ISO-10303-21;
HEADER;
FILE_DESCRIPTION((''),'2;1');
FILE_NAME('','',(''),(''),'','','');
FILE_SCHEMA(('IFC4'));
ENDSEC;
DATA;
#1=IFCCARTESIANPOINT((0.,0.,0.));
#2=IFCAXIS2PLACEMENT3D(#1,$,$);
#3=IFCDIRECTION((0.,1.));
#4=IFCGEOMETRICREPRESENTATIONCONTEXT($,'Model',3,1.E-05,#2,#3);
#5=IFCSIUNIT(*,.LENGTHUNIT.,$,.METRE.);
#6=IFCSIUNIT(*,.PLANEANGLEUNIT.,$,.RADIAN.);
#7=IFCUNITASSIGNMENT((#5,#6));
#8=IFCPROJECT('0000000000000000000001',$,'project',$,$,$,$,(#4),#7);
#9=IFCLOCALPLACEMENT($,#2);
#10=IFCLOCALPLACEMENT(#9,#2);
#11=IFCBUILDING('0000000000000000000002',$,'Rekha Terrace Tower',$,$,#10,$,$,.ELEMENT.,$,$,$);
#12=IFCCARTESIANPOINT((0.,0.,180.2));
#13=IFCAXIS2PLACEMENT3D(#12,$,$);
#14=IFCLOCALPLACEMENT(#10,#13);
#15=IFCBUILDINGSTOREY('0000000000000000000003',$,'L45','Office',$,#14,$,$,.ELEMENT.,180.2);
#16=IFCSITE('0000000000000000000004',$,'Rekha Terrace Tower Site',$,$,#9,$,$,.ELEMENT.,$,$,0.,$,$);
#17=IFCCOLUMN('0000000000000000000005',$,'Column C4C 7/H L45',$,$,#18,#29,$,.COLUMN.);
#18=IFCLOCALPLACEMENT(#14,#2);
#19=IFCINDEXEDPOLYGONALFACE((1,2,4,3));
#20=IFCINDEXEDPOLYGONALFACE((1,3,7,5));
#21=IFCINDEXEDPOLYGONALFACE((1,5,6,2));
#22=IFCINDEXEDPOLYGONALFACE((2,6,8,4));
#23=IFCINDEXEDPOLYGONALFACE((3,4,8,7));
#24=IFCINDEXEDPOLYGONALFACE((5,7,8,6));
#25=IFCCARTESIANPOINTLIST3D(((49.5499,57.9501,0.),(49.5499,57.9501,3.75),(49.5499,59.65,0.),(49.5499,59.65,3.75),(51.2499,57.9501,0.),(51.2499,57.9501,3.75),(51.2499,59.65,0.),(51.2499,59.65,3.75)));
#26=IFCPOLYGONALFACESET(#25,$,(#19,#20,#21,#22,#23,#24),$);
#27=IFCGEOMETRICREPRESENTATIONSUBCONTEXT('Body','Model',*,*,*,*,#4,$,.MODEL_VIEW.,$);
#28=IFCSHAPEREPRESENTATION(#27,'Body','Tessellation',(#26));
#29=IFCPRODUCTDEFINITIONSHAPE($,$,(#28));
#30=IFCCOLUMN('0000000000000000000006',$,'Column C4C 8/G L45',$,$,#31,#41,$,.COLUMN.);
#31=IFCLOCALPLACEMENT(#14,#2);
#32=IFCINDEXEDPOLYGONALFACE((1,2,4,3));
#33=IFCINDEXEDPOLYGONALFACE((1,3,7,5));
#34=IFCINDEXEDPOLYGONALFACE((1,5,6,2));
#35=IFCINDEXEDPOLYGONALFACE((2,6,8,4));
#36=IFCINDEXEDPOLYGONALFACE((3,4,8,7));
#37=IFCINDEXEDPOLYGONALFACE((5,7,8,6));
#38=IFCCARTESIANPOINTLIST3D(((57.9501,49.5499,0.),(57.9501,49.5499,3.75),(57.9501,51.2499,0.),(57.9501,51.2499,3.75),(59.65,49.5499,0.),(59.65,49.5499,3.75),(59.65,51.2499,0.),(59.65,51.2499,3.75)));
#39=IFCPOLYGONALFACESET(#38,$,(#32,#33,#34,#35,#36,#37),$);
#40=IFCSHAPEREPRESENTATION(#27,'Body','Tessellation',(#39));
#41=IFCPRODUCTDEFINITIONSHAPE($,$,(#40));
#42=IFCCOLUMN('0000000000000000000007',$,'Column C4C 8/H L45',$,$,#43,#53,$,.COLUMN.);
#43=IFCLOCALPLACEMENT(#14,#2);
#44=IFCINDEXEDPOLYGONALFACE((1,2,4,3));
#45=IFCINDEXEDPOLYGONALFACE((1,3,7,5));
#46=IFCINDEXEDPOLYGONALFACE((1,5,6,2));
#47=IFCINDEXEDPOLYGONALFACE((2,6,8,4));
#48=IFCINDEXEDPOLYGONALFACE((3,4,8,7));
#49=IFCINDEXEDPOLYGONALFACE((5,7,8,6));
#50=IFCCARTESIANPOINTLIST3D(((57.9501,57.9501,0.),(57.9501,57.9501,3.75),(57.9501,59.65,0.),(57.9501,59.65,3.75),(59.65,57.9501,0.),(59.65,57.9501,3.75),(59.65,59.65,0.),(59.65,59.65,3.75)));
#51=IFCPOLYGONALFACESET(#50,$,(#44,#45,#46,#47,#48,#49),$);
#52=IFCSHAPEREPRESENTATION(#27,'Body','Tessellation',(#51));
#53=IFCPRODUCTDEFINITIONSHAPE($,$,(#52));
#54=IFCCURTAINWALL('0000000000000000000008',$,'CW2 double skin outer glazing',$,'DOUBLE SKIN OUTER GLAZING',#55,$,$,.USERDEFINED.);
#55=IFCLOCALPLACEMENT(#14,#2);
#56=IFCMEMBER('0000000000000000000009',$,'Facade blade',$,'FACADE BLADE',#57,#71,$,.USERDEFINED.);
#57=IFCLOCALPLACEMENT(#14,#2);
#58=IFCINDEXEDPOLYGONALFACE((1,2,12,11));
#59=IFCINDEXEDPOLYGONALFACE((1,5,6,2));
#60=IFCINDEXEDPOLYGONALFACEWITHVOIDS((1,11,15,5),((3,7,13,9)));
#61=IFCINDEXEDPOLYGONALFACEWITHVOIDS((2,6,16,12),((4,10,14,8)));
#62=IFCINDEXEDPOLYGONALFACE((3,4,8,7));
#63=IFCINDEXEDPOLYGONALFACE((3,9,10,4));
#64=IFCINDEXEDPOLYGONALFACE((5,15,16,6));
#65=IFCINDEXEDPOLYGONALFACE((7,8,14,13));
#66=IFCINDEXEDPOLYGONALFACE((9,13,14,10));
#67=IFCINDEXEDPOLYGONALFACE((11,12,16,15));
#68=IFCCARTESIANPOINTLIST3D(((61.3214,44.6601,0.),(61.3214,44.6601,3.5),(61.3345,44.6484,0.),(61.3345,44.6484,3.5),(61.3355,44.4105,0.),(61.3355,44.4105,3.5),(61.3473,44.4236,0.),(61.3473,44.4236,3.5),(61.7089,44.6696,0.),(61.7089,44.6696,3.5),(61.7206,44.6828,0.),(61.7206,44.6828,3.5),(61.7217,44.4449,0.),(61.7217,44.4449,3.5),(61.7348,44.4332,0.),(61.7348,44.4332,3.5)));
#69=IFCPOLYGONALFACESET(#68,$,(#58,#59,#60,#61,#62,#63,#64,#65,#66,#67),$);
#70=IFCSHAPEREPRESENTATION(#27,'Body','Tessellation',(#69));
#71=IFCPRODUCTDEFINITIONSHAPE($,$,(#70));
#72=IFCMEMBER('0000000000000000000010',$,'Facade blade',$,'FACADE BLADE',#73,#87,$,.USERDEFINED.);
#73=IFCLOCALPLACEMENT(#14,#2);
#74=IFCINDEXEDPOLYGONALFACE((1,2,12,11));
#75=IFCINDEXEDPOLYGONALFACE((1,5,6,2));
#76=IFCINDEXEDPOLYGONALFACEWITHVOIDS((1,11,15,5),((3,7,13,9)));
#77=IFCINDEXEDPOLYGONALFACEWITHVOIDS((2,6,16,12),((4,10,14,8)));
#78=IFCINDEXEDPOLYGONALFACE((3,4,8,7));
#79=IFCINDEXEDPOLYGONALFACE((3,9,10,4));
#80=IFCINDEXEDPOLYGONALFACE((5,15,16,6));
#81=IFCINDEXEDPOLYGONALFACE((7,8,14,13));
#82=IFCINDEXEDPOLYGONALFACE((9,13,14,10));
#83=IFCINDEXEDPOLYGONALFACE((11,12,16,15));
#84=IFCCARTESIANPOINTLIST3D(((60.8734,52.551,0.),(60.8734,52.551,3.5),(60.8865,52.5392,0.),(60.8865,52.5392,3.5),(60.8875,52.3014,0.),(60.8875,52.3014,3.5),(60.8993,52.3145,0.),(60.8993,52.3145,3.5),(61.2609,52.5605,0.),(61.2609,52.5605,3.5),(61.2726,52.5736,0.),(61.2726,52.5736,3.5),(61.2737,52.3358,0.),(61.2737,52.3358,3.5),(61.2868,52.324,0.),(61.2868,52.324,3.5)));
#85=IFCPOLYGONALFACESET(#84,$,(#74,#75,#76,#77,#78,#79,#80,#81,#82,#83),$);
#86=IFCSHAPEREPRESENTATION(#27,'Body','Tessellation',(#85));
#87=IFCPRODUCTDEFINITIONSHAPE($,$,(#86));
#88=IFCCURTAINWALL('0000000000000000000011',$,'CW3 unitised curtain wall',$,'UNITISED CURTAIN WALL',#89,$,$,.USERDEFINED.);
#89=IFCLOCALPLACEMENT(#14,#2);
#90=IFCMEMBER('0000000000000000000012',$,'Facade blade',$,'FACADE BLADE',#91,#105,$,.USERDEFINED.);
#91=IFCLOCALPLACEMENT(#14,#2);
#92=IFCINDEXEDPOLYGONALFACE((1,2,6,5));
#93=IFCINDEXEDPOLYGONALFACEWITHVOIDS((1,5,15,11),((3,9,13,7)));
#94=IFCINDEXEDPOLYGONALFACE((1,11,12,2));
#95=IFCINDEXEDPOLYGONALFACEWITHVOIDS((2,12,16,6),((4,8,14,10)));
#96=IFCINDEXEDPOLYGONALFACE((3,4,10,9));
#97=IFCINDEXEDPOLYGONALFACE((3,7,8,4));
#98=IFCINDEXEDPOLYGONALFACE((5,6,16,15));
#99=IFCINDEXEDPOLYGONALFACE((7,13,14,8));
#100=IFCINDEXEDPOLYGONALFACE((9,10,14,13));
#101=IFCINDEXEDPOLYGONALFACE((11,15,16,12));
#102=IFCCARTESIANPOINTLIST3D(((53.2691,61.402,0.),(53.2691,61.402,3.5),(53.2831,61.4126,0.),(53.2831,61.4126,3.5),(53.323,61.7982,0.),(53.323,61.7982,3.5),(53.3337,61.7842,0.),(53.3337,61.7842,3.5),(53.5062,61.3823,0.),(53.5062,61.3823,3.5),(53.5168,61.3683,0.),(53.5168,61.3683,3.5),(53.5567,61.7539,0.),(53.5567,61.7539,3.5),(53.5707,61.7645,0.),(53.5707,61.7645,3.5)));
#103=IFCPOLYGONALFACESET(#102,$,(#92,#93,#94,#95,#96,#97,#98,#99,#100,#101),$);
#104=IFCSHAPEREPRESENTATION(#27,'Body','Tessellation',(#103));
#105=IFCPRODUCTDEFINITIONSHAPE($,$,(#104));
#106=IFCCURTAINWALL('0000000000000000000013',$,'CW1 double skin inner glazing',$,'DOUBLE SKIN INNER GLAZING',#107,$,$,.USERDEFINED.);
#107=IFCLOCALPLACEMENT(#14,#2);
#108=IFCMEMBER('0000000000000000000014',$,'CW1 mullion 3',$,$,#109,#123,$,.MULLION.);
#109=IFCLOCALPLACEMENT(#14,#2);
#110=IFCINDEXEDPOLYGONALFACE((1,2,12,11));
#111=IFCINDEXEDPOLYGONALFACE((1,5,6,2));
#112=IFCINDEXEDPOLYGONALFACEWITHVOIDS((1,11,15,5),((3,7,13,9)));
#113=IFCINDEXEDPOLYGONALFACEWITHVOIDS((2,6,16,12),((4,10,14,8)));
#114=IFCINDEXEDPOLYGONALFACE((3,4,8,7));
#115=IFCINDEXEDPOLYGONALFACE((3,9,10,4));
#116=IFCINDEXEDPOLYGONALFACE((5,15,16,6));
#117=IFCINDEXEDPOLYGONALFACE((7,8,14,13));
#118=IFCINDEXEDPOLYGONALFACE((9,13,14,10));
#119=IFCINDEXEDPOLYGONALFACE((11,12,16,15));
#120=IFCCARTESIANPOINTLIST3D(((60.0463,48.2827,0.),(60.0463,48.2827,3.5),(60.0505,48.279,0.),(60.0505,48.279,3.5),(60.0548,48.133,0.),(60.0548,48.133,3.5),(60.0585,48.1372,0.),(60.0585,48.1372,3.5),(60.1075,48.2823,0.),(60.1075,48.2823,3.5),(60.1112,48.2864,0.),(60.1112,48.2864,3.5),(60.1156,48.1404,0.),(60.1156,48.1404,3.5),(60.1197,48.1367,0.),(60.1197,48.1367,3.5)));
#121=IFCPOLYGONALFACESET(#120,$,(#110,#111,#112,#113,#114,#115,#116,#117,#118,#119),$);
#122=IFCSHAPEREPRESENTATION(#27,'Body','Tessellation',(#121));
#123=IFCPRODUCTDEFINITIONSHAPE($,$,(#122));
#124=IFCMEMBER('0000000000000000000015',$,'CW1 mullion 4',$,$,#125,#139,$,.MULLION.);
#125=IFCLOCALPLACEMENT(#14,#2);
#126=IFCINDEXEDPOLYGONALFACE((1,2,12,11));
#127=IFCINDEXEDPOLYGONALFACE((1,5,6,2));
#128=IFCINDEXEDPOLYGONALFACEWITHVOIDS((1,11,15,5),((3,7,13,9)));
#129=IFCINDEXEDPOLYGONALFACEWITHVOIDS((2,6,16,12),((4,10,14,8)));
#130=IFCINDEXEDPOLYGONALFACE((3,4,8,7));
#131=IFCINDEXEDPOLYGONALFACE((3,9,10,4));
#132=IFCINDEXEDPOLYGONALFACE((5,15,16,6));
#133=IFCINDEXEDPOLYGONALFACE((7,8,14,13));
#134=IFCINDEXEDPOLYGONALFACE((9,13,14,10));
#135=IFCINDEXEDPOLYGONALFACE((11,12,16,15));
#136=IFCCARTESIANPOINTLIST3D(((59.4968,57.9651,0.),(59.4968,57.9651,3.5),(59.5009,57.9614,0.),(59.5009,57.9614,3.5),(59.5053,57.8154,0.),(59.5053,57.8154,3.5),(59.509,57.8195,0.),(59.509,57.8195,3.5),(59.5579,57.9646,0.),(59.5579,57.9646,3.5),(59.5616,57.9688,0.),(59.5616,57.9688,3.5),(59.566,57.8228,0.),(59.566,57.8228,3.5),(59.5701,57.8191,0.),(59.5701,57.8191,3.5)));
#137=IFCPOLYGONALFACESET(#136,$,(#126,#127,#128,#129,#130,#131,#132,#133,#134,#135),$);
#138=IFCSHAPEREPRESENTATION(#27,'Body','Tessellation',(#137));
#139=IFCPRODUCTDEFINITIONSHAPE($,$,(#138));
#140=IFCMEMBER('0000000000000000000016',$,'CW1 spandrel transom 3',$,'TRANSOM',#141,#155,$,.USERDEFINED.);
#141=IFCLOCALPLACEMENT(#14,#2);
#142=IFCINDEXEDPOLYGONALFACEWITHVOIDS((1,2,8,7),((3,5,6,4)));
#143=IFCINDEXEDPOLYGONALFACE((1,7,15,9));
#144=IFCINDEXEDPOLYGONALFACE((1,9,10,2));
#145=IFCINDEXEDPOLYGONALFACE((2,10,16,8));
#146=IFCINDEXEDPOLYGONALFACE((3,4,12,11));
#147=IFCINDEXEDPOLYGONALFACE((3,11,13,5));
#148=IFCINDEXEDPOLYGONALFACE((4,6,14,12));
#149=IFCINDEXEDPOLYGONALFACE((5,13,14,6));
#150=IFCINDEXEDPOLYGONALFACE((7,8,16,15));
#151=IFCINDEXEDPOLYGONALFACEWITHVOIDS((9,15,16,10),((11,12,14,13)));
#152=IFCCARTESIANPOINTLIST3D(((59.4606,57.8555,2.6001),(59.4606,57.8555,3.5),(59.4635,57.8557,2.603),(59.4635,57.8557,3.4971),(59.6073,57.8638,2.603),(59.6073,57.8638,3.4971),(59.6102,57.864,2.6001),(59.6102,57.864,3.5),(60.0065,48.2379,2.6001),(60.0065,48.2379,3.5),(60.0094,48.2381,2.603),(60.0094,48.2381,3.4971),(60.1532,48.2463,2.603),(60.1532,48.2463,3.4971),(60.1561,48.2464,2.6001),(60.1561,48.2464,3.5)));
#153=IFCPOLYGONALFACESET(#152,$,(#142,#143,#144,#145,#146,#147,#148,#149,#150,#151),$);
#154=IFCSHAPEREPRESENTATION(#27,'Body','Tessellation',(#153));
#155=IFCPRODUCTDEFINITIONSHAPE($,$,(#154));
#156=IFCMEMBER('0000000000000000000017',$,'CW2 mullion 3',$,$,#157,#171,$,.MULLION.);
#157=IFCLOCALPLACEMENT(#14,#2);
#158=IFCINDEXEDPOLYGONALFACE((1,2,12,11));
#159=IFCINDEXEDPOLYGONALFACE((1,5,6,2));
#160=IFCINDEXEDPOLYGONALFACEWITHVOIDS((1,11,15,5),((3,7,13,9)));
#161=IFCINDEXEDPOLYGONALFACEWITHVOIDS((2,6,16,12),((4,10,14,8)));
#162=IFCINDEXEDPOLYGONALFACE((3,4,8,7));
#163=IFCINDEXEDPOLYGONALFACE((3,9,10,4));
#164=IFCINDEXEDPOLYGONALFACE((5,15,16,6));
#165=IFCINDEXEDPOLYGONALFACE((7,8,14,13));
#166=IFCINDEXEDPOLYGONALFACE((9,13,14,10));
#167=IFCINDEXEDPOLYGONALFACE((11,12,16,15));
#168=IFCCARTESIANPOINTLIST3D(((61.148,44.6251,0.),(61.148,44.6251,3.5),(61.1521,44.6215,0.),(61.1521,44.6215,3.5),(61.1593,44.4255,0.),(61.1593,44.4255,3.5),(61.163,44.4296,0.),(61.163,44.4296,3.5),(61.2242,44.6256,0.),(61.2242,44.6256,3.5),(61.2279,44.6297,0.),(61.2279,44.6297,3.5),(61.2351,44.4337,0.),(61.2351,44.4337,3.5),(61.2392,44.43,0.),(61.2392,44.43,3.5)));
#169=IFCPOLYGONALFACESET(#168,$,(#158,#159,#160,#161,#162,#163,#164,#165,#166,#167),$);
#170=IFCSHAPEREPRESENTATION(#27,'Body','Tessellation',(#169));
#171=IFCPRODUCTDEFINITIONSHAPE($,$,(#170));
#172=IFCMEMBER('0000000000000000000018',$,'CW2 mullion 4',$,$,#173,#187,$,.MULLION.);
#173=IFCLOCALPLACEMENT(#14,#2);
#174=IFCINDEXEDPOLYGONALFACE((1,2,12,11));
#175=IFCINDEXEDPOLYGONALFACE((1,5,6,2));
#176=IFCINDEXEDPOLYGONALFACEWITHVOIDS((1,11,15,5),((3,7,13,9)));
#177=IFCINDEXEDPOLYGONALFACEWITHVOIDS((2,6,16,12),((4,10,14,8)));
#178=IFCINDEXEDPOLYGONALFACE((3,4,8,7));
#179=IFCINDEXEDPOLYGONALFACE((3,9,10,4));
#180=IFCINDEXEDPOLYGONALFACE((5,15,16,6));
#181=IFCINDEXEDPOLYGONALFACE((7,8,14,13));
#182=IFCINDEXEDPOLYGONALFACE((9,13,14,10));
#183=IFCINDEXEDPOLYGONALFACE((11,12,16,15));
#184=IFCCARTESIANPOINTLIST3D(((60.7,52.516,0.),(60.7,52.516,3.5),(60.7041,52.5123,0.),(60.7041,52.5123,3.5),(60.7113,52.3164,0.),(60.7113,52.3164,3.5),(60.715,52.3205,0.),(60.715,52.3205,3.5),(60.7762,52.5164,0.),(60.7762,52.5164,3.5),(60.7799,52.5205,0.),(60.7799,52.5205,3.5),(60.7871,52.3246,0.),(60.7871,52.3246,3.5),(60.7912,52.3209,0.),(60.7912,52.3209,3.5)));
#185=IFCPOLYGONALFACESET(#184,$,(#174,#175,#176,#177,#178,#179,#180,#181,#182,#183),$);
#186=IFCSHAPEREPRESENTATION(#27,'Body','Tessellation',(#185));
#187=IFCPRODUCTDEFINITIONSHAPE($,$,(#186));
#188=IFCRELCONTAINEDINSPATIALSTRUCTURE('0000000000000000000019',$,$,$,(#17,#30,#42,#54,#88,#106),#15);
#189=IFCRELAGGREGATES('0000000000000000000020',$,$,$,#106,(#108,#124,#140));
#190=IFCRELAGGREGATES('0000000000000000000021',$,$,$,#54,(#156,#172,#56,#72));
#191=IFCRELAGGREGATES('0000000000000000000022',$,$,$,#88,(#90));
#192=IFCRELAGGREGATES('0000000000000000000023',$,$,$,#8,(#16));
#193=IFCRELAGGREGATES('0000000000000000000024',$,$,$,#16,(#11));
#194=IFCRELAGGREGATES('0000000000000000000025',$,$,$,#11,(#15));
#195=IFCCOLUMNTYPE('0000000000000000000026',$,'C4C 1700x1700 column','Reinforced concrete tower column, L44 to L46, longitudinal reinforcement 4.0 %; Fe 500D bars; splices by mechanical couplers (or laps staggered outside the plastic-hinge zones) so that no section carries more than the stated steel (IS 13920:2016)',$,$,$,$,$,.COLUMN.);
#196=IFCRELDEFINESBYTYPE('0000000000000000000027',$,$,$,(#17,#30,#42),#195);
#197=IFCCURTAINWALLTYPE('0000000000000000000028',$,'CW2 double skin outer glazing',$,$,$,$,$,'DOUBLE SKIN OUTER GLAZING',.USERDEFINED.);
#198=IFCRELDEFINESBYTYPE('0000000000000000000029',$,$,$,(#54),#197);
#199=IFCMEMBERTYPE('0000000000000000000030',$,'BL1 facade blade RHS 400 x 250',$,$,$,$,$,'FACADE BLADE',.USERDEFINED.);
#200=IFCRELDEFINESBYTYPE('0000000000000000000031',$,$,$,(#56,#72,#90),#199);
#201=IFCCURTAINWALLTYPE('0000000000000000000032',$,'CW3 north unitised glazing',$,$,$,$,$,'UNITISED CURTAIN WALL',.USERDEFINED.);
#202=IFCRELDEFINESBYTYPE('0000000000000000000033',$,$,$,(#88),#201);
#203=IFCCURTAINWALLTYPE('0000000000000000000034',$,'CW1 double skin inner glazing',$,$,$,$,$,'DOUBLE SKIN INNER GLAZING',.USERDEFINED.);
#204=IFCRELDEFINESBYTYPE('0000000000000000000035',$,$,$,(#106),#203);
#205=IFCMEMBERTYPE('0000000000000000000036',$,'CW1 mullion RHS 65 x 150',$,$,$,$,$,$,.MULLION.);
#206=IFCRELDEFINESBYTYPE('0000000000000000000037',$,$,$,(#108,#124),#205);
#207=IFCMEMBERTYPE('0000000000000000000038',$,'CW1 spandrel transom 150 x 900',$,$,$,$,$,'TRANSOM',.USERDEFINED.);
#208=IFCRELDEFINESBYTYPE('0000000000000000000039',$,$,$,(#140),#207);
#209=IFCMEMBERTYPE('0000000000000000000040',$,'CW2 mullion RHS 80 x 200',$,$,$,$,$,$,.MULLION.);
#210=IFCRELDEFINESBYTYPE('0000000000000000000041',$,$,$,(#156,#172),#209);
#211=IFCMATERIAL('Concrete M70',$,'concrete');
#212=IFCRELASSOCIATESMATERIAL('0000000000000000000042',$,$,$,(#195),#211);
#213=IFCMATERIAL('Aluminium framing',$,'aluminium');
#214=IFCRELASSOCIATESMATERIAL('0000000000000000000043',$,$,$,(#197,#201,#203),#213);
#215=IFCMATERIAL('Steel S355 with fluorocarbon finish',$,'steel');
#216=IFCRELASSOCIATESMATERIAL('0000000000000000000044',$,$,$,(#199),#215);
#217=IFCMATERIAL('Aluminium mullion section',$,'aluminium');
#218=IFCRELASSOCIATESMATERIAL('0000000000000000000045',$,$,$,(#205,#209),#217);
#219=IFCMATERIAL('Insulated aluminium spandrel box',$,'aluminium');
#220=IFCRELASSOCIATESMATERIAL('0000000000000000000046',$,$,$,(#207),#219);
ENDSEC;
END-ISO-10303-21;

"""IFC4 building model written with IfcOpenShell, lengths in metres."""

from ifc_helpers import new_model, si_unit, direction, frame, origin, origin_2d, place, context, subcontext, project, spatial, rectangle, hollow_rectangle, extrude, material, material_profile, profile_set, type_object, element, aggregate, save


model = new_model("IFC4")

# Units and contexts
model_context = context("Model", 3, precision=1e-05, world=origin(), true_north=direction((0.0, 1.0)))
body_context = subcontext(model_context, "Body", "Model", "MODEL_VIEW")
ifc_project = project(units=[si_unit("LENGTHUNIT", "METRE"), si_unit("PLANEANGLEUNIT", "RADIAN")], contexts=[model_context])

# Site, building, storey
site_placement = place(None, origin())
site = spatial("IfcSite", under=ifc_project, at=site_placement, Name="Rekha Terrace Tower Site", CompositionType="ELEMENT", RefElevation=0.0)
building_placement = place(site_placement, origin())
building = spatial("IfcBuilding", under=site, at=building_placement, Name="Rekha Terrace Tower", CompositionType="ELEMENT")
storey_placement = place(building_placement, frame((0.0, 0.0, 180.2)))
storey = spatial("IfcBuildingStorey", under=building, at=storey_placement, Name="L45", Description="Office", CompositionType="ELEMENT", Elevation=180.2)

# Columns
ifc_material_1 = material(Name="Concrete M70", Category="concrete")
ifc_material_profile_1 = material_profile(ifc_material_1, rectangle(XDim=1.7, YDim=1.7, at=origin_2d()), Name="RC 1700x1700")
ifc_profile_set_1 = profile_set([ifc_material_profile_1], Name="Concrete M70")
column_type = type_object("IfcColumnType", Name="C4C 1700x1700 column", Description="Reinforced concrete tower column, L44 to L46, longitudinal reinforcement 4.0 %; Fe 500D bars; splices by mechanical couplers (or laps staggered outside the plastic-hinge zones) so that no section carries more than the stated steel (IS 13920:2016)", PredefinedType="COLUMN", material=ifc_profile_set_1)
for number, where, z_axis, x_axis, name in (
    (1, (50.3999, 58.8, 0.0), (0.0, 0.0, 1.0), (1.0, 0.0, 0.0), "Column C4C 7/H L45"),
    (2, (58.8, 50.3999, 0.0), (0.0, 0.0, 1.0), (1.0, 0.0, 0.0), "Column C4C 8/G L45"),
    (3, (58.8, 58.8, 0.0), (0.0, 0.0, 1.0), (1.0, 0.0, 0.0), "Column C4C 8/H L45"),
):
    element("IfcColumn", number, at=place(storey_placement, frame(where, z_axis=z_axis, x_axis=x_axis)), inside=storey, type_object=column_type, Name=name, PredefinedType="COLUMN", context=body_context, shape_type="SweptSolid", body=[
        extrude(rectangle(XDim=1.7, YDim=1.7, at=origin_2d()), origin(), (0.0, 0.0, 1.0), 3.75),
    ])

# Curtain wall, members
ifc_material_2 = material(Name="Aluminium framing", Category="aluminium")
curtain_wall_type_1 = type_object("IfcCurtainWallType", Name="CW2 double skin outer glazing", ElementType="DOUBLE SKIN OUTER GLAZING", PredefinedType="USERDEFINED", material=ifc_material_2)
curtain_wall_1_placement = place(storey_placement, origin())
curtain_wall_1 = element("IfcCurtainWall", 4, at=curtain_wall_1_placement, inside=storey, type_object=curtain_wall_type_1, Name="CW2 double skin outer glazing", ObjectType="DOUBLE SKIN OUTER GLAZING", PredefinedType="USERDEFINED")
ifc_material_3 = material(Name="Steel S355 with fluorocarbon finish", Category="steel")
ifc_material_profile_2 = material_profile(ifc_material_3, hollow_rectangle(XDim=0.25, YDim=0.3999, WallThickness=0.0125, at=origin_2d()), Name="RHS400x250x12.5")
ifc_profile_set_2 = profile_set([ifc_material_profile_2], Name="Steel S355 with fluorocarbon finish")
member_type_1 = type_object("IfcMemberType", Name="BL1 facade blade RHS 400 x 250", ElementType="FACADE BLADE", PredefinedType="USERDEFINED", material=ifc_profile_set_2)
member_1_placement = place(storey_placement, frame((61.5281, 44.5466, 0.0), z_axis=(0.0, 0.0, 1.0), x_axis=(-0.056674, 0.998393, 0.0)))
member_1 = element("IfcMember", 5, at=member_1_placement, type_object=member_type_1, Name="Facade blade", ObjectType="FACADE BLADE", PredefinedType="USERDEFINED", context=body_context, shape_type="SweptSolid", body=[
    extrude(hollow_rectangle(XDim=0.25, YDim=0.3999, WallThickness=0.0125, at=origin_2d()), origin(), (0.0, 0.0, 1.0), 3.5),
])
member_2_placement = place(storey_placement, frame((61.0801, 52.4375, 0.0), z_axis=(0.0, 0.0, 1.0), x_axis=(-0.056674, 0.998393, 0.0)))
member_2 = element("IfcMember", 6, at=member_2_placement, type_object=member_type_1, Name="Facade blade", ObjectType="FACADE BLADE", PredefinedType="USERDEFINED", context=body_context, shape_type="SweptSolid", body=[
    extrude(hollow_rectangle(XDim=0.25, YDim=0.3999, WallThickness=0.0125, at=origin_2d()), origin(), (0.0, 0.0, 1.0), 3.5),
])

# Curtain wall, member
curtain_wall_type_2 = type_object("IfcCurtainWallType", Name="CW3 north unitised glazing", ElementType="UNITISED CURTAIN WALL", PredefinedType="USERDEFINED", material=ifc_material_2)
curtain_wall_2_placement = place(storey_placement, origin())
curtain_wall_2 = element("IfcCurtainWall", 7, at=curtain_wall_2_placement, inside=storey, type_object=curtain_wall_type_2, Name="CW3 unitised curtain wall", ObjectType="UNITISED CURTAIN WALL", PredefinedType="USERDEFINED")
member_3_placement = place(storey_placement, frame((53.4199, 61.5833, 0.0), z_axis=(0.0, 0.0, 1.0), x_axis=(-0.990867, 0.134841, 0.0)))
member_3 = element("IfcMember", 8, at=member_3_placement, type_object=member_type_1, Name="Facade blade", ObjectType="FACADE BLADE", PredefinedType="USERDEFINED", context=body_context, shape_type="SweptSolid", body=[
    extrude(hollow_rectangle(XDim=0.25, YDim=0.3999, WallThickness=0.0125, at=origin_2d()), origin(), (0.0, 0.0, 1.0), 3.5),
])

# Curtain wall, members
curtain_wall_type_3 = type_object("IfcCurtainWallType", Name="CW1 double skin inner glazing", ElementType="DOUBLE SKIN INNER GLAZING", PredefinedType="USERDEFINED", material=ifc_material_2)
curtain_wall_3_placement = place(storey_placement, origin())
curtain_wall_3 = element("IfcCurtainWall", 9, at=curtain_wall_3_placement, inside=storey, type_object=curtain_wall_type_3, Name="CW1 double skin inner glazing", ObjectType="DOUBLE SKIN INNER GLAZING", PredefinedType="USERDEFINED")
ifc_material_4 = material(Name="Aluminium mullion section", Category="aluminium")
ifc_material_profile_3 = material_profile(ifc_material_4, hollow_rectangle(XDim=0.0649, YDim=0.1499, WallThickness=0.0039, at=origin_2d()), Name="AL RHS 65x150")
ifc_profile_set_3 = profile_set([ifc_material_profile_3], Name="Aluminium mullion section")
member_type_2 = type_object("IfcMemberType", Name="CW1 mullion RHS 65 x 150", PredefinedType="MULLION", material=ifc_profile_set_3)
member_4_placement = place(storey_placement, frame((60.083, 48.2097, 0.0), z_axis=(0.0, 0.0, 1.0), x_axis=(-0.998393, -0.056673, 0.0)))
member_4 = element("IfcMember", 10, at=member_4_placement, type_object=member_type_2, Name="CW1 mullion 3", PredefinedType="MULLION", context=body_context, shape_type="SweptSolid", body=[
    extrude(hollow_rectangle(XDim=0.0649, YDim=0.1499, WallThickness=0.0039, at=origin_2d()), origin(), (0.0, 0.0, 1.0), 3.5),
])
member_5_placement = place(storey_placement, frame((59.5334, 57.8921, 0.0), z_axis=(0.0, 0.0, 1.0), x_axis=(-0.998393, -0.056673, 0.0)))
member_5 = element("IfcMember", 11, at=member_5_placement, type_object=member_type_2, Name="CW1 mullion 4", PredefinedType="MULLION", context=body_context, shape_type="SweptSolid", body=[
    extrude(hollow_rectangle(XDim=0.0649, YDim=0.1499, WallThickness=0.0039, at=origin_2d()), origin(), (0.0, 0.0, 1.0), 3.5),
])
ifc_material_5 = material(Name="Insulated aluminium spandrel box", Category="aluminium")
ifc_material_profile_4 = material_profile(ifc_material_5, hollow_rectangle(XDim=0.1499, YDim=0.8999, WallThickness=0.0029, at=origin_2d()), Name="AL SPANDREL BOX 150x900")
ifc_profile_set_4 = profile_set([ifc_material_profile_4], Name="Insulated aluminium spandrel box")
member_type_3 = type_object("IfcMemberType", Name="CW1 spandrel transom 150 x 900", ElementType="TRANSOM", PredefinedType="USERDEFINED", material=ifc_profile_set_4)
member_6_placement = place(storey_placement, frame((60.0813, 48.2422, 3.05), z_axis=(-0.056669, 0.998393, 0.0), x_axis=(-0.998393, -0.056669, 0.0)))
member_6 = element("IfcMember", 12, at=member_6_placement, type_object=member_type_3, Name="CW1 spandrel transom 3", ObjectType="TRANSOM", PredefinedType="USERDEFINED", context=body_context, shape_type="SweptSolid", body=[
    extrude(hollow_rectangle(XDim=0.1499, YDim=0.8999, WallThickness=0.0029, at=origin_2d()), origin(), (0.0, 0.0, 1.0), 9.6331),
])

# Members
ifc_material_profile_5 = material_profile(ifc_material_4, hollow_rectangle(XDim=0.0801, YDim=0.2, WallThickness=0.0039, at=origin_2d()), Name="AL RHS 80x200")
ifc_profile_set_5 = profile_set([ifc_material_profile_5], Name="Aluminium mullion section")
member_type_4 = type_object("IfcMemberType", Name="CW2 mullion RHS 80 x 200", PredefinedType="MULLION", material=ifc_profile_set_5)
member_7_placement = place(storey_placement, frame((61.1936, 44.5276, 0.0), z_axis=(0.0, 0.0, 1.0), x_axis=(-0.998393, -0.056673, 0.0)))
member_7 = element("IfcMember", 13, at=member_7_placement, type_object=member_type_4, Name="CW2 mullion 3", PredefinedType="MULLION", context=body_context, shape_type="SweptSolid", body=[
    extrude(hollow_rectangle(XDim=0.0801, YDim=0.2, WallThickness=0.0039, at=origin_2d()), origin(), (0.0, 0.0, 1.0), 3.5),
])
member_8_placement = place(storey_placement, frame((60.7456, 52.4185, 0.0), z_axis=(0.0, 0.0, 1.0), x_axis=(-0.998393, -0.056673, 0.0)))
member_8 = element("IfcMember", 14, at=member_8_placement, type_object=member_type_4, Name="CW2 mullion 4", PredefinedType="MULLION", context=body_context, shape_type="SweptSolid", body=[
    extrude(hollow_rectangle(XDim=0.0801, YDim=0.2, WallThickness=0.0039, at=origin_2d()), origin(), (0.0, 0.0, 1.0), 3.5),
])

aggregate(curtain_wall_3, [member_4, member_5, member_6])
aggregate(curtain_wall_1, [member_7, member_8, member_1, member_2])
aggregate(curtain_wall_2, [member_3])

save(model, "model.ifc")
